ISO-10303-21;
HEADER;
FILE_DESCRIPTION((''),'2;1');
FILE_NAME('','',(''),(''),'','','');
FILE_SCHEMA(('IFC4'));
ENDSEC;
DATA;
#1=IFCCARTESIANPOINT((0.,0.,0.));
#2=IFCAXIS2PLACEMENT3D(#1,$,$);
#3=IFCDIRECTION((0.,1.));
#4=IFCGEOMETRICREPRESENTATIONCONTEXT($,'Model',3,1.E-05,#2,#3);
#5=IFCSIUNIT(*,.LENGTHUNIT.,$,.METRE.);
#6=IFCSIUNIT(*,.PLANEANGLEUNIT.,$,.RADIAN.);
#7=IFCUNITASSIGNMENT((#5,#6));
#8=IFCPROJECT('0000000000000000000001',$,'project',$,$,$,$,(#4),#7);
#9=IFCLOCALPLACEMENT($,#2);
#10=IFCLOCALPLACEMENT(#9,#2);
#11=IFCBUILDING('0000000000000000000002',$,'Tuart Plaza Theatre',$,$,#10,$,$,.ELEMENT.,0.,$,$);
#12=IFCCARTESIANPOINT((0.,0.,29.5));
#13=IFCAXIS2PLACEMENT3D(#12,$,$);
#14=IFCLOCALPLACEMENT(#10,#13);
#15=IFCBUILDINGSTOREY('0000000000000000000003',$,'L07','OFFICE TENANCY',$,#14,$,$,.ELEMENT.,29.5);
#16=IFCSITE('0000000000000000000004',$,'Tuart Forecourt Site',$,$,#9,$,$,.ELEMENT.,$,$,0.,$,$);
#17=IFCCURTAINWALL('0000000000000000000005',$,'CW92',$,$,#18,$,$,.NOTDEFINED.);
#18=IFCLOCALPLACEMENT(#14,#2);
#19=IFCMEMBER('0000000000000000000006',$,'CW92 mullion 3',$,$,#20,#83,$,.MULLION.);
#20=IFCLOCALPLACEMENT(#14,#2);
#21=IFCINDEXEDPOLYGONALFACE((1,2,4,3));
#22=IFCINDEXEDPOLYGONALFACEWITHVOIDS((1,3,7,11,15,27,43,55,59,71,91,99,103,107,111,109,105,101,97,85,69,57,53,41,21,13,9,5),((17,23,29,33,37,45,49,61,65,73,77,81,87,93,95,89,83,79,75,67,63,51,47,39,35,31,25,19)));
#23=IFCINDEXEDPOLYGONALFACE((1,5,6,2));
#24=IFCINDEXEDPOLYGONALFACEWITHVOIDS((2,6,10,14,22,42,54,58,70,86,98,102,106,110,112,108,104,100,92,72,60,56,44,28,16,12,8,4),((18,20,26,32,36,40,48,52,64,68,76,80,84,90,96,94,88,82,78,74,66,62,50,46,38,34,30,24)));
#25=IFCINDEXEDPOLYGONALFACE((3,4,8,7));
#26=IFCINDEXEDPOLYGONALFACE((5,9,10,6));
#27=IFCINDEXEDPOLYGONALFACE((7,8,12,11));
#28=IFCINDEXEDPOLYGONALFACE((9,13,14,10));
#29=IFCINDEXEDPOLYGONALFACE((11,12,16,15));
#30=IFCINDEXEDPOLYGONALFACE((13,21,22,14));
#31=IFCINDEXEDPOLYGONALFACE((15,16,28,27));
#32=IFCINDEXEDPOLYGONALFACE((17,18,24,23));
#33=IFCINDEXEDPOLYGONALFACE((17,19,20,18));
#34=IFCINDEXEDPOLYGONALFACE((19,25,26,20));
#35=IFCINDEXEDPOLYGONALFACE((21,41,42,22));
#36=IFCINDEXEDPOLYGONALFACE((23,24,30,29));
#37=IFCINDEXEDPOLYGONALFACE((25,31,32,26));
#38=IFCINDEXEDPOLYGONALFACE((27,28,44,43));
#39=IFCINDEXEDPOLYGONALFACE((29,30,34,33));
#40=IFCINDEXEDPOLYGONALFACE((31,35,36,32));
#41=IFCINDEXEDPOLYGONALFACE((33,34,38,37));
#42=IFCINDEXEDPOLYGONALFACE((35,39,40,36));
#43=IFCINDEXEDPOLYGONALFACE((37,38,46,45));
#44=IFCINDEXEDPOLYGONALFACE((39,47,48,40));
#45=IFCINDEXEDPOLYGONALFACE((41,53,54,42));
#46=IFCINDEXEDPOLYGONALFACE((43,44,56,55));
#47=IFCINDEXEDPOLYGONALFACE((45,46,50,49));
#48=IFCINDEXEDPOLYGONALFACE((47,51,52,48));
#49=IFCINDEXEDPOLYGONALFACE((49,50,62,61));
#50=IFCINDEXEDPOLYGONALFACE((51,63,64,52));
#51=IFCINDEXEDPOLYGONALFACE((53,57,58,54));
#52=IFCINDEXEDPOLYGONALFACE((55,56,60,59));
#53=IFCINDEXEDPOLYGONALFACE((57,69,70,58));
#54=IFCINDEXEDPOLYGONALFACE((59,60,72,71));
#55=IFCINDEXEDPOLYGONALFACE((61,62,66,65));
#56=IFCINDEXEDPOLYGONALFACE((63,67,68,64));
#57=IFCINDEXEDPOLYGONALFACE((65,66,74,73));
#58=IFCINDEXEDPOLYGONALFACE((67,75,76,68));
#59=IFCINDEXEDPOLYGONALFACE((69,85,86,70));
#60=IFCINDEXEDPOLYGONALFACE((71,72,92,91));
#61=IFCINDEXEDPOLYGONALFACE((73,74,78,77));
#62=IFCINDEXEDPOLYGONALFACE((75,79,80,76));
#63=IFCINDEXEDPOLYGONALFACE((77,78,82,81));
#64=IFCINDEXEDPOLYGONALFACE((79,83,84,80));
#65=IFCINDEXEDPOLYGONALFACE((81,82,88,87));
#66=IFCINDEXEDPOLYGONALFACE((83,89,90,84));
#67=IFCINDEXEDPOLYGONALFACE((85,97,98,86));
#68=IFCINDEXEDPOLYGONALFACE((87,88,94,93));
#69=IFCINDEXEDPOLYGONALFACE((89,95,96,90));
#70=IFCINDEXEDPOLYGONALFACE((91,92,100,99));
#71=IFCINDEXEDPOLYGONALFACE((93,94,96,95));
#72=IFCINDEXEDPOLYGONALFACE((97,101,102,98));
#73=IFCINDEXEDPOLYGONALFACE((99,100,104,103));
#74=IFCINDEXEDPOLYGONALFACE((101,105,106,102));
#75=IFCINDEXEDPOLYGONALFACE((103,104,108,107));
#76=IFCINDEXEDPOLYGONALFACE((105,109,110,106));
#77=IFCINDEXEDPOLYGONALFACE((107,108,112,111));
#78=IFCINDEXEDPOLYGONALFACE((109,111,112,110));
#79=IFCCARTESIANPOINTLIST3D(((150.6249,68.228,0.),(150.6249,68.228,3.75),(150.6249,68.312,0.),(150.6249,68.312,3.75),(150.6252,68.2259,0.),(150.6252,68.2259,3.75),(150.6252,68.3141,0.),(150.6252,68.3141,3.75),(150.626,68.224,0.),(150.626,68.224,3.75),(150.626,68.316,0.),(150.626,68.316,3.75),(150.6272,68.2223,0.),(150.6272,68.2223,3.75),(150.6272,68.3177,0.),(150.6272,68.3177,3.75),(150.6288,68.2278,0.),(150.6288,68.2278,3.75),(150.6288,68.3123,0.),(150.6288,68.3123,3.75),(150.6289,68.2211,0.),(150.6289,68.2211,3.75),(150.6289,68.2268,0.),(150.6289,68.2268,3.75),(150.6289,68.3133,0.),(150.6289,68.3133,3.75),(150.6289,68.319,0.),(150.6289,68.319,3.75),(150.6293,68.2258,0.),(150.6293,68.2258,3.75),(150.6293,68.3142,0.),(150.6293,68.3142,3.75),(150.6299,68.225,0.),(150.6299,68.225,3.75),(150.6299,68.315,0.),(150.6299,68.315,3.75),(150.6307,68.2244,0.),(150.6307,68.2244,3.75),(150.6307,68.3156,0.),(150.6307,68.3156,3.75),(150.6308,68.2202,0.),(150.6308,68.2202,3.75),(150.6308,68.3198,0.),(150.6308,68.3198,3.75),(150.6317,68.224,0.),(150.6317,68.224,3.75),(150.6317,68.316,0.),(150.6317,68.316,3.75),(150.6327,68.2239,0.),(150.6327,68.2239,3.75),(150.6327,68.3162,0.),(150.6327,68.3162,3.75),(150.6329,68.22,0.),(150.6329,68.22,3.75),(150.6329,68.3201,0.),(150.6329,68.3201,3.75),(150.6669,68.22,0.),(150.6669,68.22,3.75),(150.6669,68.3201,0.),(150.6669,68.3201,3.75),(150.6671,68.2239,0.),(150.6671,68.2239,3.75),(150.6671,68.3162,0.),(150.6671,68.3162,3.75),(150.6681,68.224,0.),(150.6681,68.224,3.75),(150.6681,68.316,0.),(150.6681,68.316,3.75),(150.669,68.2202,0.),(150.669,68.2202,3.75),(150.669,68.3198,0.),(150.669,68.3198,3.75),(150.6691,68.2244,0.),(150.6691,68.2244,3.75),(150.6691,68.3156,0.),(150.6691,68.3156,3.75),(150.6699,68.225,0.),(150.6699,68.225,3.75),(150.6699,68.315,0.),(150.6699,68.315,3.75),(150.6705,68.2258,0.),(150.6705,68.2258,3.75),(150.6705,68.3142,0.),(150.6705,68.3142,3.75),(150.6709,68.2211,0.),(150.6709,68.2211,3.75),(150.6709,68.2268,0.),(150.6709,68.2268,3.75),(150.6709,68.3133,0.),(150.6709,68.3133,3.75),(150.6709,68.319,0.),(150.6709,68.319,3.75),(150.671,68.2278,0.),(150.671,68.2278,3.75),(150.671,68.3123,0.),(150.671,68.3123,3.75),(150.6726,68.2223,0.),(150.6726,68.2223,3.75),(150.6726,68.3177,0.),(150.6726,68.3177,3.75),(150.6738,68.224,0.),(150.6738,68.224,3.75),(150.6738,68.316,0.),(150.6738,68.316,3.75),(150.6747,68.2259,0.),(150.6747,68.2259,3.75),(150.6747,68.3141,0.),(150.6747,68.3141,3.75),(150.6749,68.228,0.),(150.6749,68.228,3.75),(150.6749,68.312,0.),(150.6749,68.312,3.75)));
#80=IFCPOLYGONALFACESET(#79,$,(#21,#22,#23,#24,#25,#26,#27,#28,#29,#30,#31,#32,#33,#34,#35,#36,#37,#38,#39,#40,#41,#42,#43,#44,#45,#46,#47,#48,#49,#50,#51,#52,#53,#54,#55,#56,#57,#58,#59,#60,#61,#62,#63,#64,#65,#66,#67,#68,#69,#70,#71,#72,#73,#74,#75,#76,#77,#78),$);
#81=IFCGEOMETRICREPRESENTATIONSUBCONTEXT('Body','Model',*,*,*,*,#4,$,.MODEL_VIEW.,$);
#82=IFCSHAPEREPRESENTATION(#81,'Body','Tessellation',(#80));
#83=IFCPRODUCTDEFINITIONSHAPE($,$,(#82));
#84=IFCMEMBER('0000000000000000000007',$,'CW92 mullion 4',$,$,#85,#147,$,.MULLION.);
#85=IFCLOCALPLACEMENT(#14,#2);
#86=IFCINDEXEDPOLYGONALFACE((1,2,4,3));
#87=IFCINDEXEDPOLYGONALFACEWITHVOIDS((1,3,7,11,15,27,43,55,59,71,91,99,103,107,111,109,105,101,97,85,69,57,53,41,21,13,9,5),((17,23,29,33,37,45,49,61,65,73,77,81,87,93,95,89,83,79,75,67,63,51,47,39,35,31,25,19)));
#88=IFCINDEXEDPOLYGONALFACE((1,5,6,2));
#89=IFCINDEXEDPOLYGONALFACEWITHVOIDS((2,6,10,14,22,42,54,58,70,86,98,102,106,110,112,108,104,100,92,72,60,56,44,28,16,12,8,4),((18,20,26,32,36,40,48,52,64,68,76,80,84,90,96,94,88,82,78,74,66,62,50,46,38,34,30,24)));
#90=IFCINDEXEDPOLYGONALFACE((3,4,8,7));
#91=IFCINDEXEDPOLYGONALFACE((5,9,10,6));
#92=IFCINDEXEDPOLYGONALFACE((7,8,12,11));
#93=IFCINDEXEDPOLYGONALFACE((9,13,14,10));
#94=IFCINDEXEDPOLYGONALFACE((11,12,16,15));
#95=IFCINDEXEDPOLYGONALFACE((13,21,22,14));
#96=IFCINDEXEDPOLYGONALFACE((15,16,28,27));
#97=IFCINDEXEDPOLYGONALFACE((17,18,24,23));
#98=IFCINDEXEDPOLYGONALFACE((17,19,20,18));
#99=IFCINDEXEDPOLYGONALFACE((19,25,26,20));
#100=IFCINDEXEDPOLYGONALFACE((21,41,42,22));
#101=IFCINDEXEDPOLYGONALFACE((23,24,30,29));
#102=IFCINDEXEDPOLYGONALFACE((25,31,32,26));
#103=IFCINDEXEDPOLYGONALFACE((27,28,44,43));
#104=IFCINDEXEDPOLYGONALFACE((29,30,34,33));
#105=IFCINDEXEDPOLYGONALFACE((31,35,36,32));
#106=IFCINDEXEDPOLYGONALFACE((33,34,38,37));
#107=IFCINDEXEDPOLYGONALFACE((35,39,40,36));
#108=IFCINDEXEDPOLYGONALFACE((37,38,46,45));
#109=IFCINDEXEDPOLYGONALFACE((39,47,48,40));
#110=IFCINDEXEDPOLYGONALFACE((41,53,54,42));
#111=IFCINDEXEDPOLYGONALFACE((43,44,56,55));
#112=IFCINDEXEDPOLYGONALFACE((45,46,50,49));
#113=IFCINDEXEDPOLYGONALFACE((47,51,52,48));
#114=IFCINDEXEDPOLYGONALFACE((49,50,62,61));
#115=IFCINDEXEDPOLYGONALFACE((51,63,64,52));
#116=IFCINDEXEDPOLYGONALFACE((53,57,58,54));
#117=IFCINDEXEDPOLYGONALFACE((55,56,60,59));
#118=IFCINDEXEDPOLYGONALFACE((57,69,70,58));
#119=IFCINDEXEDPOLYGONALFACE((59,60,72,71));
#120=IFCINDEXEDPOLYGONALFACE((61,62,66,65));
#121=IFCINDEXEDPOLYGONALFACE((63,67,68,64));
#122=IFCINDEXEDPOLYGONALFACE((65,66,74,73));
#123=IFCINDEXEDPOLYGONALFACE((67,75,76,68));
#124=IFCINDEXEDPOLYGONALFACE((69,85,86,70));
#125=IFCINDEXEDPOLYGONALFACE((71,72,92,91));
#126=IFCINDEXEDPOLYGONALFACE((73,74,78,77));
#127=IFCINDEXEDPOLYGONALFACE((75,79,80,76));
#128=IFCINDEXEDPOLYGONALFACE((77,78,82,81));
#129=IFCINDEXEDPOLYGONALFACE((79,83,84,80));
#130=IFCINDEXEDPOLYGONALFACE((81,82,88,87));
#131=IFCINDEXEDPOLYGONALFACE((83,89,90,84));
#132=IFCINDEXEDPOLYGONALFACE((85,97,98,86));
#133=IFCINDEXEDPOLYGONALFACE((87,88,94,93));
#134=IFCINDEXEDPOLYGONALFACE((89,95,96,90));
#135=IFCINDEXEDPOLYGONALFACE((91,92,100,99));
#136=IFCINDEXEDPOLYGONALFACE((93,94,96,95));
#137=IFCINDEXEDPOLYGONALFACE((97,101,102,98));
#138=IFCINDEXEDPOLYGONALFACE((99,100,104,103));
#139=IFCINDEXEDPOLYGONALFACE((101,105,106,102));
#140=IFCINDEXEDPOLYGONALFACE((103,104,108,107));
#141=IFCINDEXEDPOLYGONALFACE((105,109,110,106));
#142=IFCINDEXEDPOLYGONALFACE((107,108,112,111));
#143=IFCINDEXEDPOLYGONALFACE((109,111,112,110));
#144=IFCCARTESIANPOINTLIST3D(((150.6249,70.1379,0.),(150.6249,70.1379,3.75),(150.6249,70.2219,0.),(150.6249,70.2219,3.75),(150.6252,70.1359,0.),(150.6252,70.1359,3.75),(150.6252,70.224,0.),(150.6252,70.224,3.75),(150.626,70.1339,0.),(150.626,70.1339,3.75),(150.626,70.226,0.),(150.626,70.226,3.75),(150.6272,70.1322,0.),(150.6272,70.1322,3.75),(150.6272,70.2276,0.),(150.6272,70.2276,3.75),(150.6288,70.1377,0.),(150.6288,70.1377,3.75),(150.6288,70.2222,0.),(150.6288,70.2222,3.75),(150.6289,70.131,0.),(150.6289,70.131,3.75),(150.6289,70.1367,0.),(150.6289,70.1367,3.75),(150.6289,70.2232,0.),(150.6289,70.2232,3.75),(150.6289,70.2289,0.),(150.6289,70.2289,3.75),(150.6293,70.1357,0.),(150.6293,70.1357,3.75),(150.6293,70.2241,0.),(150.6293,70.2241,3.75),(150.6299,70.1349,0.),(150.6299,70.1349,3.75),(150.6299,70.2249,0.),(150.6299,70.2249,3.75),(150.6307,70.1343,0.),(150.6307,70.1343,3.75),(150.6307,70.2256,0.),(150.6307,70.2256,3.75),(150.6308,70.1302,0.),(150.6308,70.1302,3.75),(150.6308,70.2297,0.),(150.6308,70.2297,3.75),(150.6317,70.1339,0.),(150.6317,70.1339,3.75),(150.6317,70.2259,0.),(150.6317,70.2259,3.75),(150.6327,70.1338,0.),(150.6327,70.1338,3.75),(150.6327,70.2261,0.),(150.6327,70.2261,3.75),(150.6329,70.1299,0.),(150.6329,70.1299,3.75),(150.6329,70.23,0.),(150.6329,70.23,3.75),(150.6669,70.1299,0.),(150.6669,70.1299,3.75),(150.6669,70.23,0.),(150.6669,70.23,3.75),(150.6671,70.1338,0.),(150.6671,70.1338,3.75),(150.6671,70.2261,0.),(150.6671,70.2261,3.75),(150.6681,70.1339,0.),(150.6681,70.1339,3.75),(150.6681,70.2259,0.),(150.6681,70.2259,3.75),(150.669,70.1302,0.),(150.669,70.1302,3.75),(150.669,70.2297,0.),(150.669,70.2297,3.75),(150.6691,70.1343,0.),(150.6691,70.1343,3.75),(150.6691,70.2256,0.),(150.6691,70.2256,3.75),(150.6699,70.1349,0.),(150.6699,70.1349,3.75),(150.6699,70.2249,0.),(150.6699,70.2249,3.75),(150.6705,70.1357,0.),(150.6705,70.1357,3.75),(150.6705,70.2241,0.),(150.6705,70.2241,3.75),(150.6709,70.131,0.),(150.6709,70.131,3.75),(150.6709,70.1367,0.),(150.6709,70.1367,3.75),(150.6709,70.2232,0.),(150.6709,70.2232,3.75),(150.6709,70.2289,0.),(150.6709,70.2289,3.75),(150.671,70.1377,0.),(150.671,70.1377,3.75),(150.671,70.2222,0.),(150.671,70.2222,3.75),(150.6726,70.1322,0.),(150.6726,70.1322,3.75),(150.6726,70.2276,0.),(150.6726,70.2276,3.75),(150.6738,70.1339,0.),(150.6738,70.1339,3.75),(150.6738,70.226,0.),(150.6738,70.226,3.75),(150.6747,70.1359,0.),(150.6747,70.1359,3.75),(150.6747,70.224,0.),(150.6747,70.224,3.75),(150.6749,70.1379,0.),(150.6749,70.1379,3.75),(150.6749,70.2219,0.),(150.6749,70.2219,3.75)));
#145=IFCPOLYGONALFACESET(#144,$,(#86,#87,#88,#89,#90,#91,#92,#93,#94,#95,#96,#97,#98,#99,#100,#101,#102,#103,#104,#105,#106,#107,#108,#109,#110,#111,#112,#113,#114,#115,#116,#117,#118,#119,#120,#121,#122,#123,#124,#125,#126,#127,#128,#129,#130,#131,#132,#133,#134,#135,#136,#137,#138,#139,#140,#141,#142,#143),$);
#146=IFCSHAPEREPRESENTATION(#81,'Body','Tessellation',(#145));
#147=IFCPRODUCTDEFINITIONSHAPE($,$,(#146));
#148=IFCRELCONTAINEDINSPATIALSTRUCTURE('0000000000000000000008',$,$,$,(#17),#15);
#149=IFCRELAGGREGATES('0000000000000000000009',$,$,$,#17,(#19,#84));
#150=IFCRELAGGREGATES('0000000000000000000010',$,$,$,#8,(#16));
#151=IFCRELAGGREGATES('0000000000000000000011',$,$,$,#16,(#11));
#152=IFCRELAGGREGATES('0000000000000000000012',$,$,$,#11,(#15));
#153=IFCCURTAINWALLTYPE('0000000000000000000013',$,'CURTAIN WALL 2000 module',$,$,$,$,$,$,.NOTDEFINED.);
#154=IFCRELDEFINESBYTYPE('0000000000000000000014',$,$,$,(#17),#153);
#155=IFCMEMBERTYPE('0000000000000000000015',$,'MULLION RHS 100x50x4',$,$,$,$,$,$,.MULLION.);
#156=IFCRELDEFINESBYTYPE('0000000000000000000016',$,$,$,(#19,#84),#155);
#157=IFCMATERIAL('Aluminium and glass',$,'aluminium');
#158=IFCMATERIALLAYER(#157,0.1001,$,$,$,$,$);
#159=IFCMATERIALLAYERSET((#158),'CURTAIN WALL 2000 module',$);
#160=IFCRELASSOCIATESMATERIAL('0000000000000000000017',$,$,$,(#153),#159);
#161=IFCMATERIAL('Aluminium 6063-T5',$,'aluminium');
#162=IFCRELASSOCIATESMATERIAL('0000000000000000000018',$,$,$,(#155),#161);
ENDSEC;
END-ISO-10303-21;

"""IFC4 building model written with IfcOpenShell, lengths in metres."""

from ifc_helpers import new_model, si_unit, direction, frame, origin, origin_2d, place, context, subcontext, project, spatial, hollow_rectangle, extrude, material, layer, layer_set, material_profile, profile_set, type_object, element, aggregate, save


model = new_model("IFC4")

# Units and contexts
model_context = context("Model", 3, precision=1e-05, world=origin(), true_north=direction((0.0, 1.0)))
body_context = subcontext(model_context, "Body", "Model", "MODEL_VIEW")
ifc_project = project(units=[si_unit("LENGTHUNIT", "METRE"), si_unit("PLANEANGLEUNIT", "RADIAN")], contexts=[model_context])

# Site, building, storey
site_placement = place(None, origin())
site = spatial("IfcSite", under=ifc_project, at=site_placement, Name="Tuart Forecourt Site", CompositionType="ELEMENT", RefElevation=0.0)
building_placement = place(site_placement, origin())
building = spatial("IfcBuilding", under=site, at=building_placement, Name="Tuart Plaza Theatre", CompositionType="ELEMENT", ElevationOfRefHeight=0.0)
storey_placement = place(building_placement, frame((0.0, 0.0, 29.5)))
storey = spatial("IfcBuildingStorey", under=building, at=storey_placement, Name="L07", Description="OFFICE TENANCY", CompositionType="ELEMENT", Elevation=29.5)

# Shared definitions
ifc_material_1 = material(Name="Aluminium and glass", Category="aluminium")
ifc_layer_1 = layer(ifc_material_1, 0.1001)
ifc_layer_set_1 = layer_set([ifc_layer_1], Name="CURTAIN WALL 2000 module")
curtain_wall_type = type_object("IfcCurtainWallType", Name="CURTAIN WALL 2000 module", PredefinedType="NOTDEFINED", material=ifc_layer_set_1)
ifc_material_2 = material(Name="Aluminium 6063-T5", Category="aluminium")
ifc_material_profile_1 = material_profile(ifc_material_2, hollow_rectangle(XDim=0.05, YDim=0.1001, WallThickness=0.0039, InnerFilletRadius=0.0039, OuterFilletRadius=0.0081, at=origin_2d()), Name="RHS 100x50x4")
ifc_profile_set_1 = profile_set([ifc_material_profile_1], Name="Aluminium 6063-T5")
member_type_1 = type_object("IfcMemberType", Name="MULLION RHS 100x50x4", PredefinedType="MULLION", material=ifc_profile_set_1)

# Curtain wall, members
curtain_wall_1_placement = place(storey_placement, origin())
curtain_wall_1 = element("IfcCurtainWall", 1, at=curtain_wall_1_placement, inside=storey, type_object=curtain_wall_type, Name="CW92", PredefinedType="NOTDEFINED")
member_1_placement = place(storey_placement, frame((150.6499, 68.27, 0.0), z_axis=(0.0, 0.0, 1.0), x_axis=(-1.0, 0.0, 0.0)))
member_1 = element("IfcMember", 2, at=member_1_placement, type_object=member_type_1, Name="CW92 mullion 3", PredefinedType="MULLION", context=body_context, shape_type="SweptSolid", body=[
    extrude(hollow_rectangle(XDim=0.05, YDim=0.1001, WallThickness=0.0039, InnerFilletRadius=0.0039, OuterFilletRadius=0.0081, at=origin_2d()), origin(), (0.0, 0.0, 1.0), 3.75),
])
member_2_placement = place(storey_placement, frame((150.6499, 70.1799, 0.0), z_axis=(0.0, 0.0, 1.0), x_axis=(-1.0, 0.0, 0.0)))
member_2 = element("IfcMember", 3, at=member_2_placement, type_object=member_type_1, Name="CW92 mullion 4", PredefinedType="MULLION", context=body_context, shape_type="SweptSolid", body=[
    extrude(hollow_rectangle(XDim=0.05, YDim=0.1001, WallThickness=0.0039, InnerFilletRadius=0.0039, OuterFilletRadius=0.0081, at=origin_2d()), origin(), (0.0, 0.0, 1.0), 3.75),
])
aggregate(curtain_wall_1, [member_1, member_2])

save(model, "model.ifc")
